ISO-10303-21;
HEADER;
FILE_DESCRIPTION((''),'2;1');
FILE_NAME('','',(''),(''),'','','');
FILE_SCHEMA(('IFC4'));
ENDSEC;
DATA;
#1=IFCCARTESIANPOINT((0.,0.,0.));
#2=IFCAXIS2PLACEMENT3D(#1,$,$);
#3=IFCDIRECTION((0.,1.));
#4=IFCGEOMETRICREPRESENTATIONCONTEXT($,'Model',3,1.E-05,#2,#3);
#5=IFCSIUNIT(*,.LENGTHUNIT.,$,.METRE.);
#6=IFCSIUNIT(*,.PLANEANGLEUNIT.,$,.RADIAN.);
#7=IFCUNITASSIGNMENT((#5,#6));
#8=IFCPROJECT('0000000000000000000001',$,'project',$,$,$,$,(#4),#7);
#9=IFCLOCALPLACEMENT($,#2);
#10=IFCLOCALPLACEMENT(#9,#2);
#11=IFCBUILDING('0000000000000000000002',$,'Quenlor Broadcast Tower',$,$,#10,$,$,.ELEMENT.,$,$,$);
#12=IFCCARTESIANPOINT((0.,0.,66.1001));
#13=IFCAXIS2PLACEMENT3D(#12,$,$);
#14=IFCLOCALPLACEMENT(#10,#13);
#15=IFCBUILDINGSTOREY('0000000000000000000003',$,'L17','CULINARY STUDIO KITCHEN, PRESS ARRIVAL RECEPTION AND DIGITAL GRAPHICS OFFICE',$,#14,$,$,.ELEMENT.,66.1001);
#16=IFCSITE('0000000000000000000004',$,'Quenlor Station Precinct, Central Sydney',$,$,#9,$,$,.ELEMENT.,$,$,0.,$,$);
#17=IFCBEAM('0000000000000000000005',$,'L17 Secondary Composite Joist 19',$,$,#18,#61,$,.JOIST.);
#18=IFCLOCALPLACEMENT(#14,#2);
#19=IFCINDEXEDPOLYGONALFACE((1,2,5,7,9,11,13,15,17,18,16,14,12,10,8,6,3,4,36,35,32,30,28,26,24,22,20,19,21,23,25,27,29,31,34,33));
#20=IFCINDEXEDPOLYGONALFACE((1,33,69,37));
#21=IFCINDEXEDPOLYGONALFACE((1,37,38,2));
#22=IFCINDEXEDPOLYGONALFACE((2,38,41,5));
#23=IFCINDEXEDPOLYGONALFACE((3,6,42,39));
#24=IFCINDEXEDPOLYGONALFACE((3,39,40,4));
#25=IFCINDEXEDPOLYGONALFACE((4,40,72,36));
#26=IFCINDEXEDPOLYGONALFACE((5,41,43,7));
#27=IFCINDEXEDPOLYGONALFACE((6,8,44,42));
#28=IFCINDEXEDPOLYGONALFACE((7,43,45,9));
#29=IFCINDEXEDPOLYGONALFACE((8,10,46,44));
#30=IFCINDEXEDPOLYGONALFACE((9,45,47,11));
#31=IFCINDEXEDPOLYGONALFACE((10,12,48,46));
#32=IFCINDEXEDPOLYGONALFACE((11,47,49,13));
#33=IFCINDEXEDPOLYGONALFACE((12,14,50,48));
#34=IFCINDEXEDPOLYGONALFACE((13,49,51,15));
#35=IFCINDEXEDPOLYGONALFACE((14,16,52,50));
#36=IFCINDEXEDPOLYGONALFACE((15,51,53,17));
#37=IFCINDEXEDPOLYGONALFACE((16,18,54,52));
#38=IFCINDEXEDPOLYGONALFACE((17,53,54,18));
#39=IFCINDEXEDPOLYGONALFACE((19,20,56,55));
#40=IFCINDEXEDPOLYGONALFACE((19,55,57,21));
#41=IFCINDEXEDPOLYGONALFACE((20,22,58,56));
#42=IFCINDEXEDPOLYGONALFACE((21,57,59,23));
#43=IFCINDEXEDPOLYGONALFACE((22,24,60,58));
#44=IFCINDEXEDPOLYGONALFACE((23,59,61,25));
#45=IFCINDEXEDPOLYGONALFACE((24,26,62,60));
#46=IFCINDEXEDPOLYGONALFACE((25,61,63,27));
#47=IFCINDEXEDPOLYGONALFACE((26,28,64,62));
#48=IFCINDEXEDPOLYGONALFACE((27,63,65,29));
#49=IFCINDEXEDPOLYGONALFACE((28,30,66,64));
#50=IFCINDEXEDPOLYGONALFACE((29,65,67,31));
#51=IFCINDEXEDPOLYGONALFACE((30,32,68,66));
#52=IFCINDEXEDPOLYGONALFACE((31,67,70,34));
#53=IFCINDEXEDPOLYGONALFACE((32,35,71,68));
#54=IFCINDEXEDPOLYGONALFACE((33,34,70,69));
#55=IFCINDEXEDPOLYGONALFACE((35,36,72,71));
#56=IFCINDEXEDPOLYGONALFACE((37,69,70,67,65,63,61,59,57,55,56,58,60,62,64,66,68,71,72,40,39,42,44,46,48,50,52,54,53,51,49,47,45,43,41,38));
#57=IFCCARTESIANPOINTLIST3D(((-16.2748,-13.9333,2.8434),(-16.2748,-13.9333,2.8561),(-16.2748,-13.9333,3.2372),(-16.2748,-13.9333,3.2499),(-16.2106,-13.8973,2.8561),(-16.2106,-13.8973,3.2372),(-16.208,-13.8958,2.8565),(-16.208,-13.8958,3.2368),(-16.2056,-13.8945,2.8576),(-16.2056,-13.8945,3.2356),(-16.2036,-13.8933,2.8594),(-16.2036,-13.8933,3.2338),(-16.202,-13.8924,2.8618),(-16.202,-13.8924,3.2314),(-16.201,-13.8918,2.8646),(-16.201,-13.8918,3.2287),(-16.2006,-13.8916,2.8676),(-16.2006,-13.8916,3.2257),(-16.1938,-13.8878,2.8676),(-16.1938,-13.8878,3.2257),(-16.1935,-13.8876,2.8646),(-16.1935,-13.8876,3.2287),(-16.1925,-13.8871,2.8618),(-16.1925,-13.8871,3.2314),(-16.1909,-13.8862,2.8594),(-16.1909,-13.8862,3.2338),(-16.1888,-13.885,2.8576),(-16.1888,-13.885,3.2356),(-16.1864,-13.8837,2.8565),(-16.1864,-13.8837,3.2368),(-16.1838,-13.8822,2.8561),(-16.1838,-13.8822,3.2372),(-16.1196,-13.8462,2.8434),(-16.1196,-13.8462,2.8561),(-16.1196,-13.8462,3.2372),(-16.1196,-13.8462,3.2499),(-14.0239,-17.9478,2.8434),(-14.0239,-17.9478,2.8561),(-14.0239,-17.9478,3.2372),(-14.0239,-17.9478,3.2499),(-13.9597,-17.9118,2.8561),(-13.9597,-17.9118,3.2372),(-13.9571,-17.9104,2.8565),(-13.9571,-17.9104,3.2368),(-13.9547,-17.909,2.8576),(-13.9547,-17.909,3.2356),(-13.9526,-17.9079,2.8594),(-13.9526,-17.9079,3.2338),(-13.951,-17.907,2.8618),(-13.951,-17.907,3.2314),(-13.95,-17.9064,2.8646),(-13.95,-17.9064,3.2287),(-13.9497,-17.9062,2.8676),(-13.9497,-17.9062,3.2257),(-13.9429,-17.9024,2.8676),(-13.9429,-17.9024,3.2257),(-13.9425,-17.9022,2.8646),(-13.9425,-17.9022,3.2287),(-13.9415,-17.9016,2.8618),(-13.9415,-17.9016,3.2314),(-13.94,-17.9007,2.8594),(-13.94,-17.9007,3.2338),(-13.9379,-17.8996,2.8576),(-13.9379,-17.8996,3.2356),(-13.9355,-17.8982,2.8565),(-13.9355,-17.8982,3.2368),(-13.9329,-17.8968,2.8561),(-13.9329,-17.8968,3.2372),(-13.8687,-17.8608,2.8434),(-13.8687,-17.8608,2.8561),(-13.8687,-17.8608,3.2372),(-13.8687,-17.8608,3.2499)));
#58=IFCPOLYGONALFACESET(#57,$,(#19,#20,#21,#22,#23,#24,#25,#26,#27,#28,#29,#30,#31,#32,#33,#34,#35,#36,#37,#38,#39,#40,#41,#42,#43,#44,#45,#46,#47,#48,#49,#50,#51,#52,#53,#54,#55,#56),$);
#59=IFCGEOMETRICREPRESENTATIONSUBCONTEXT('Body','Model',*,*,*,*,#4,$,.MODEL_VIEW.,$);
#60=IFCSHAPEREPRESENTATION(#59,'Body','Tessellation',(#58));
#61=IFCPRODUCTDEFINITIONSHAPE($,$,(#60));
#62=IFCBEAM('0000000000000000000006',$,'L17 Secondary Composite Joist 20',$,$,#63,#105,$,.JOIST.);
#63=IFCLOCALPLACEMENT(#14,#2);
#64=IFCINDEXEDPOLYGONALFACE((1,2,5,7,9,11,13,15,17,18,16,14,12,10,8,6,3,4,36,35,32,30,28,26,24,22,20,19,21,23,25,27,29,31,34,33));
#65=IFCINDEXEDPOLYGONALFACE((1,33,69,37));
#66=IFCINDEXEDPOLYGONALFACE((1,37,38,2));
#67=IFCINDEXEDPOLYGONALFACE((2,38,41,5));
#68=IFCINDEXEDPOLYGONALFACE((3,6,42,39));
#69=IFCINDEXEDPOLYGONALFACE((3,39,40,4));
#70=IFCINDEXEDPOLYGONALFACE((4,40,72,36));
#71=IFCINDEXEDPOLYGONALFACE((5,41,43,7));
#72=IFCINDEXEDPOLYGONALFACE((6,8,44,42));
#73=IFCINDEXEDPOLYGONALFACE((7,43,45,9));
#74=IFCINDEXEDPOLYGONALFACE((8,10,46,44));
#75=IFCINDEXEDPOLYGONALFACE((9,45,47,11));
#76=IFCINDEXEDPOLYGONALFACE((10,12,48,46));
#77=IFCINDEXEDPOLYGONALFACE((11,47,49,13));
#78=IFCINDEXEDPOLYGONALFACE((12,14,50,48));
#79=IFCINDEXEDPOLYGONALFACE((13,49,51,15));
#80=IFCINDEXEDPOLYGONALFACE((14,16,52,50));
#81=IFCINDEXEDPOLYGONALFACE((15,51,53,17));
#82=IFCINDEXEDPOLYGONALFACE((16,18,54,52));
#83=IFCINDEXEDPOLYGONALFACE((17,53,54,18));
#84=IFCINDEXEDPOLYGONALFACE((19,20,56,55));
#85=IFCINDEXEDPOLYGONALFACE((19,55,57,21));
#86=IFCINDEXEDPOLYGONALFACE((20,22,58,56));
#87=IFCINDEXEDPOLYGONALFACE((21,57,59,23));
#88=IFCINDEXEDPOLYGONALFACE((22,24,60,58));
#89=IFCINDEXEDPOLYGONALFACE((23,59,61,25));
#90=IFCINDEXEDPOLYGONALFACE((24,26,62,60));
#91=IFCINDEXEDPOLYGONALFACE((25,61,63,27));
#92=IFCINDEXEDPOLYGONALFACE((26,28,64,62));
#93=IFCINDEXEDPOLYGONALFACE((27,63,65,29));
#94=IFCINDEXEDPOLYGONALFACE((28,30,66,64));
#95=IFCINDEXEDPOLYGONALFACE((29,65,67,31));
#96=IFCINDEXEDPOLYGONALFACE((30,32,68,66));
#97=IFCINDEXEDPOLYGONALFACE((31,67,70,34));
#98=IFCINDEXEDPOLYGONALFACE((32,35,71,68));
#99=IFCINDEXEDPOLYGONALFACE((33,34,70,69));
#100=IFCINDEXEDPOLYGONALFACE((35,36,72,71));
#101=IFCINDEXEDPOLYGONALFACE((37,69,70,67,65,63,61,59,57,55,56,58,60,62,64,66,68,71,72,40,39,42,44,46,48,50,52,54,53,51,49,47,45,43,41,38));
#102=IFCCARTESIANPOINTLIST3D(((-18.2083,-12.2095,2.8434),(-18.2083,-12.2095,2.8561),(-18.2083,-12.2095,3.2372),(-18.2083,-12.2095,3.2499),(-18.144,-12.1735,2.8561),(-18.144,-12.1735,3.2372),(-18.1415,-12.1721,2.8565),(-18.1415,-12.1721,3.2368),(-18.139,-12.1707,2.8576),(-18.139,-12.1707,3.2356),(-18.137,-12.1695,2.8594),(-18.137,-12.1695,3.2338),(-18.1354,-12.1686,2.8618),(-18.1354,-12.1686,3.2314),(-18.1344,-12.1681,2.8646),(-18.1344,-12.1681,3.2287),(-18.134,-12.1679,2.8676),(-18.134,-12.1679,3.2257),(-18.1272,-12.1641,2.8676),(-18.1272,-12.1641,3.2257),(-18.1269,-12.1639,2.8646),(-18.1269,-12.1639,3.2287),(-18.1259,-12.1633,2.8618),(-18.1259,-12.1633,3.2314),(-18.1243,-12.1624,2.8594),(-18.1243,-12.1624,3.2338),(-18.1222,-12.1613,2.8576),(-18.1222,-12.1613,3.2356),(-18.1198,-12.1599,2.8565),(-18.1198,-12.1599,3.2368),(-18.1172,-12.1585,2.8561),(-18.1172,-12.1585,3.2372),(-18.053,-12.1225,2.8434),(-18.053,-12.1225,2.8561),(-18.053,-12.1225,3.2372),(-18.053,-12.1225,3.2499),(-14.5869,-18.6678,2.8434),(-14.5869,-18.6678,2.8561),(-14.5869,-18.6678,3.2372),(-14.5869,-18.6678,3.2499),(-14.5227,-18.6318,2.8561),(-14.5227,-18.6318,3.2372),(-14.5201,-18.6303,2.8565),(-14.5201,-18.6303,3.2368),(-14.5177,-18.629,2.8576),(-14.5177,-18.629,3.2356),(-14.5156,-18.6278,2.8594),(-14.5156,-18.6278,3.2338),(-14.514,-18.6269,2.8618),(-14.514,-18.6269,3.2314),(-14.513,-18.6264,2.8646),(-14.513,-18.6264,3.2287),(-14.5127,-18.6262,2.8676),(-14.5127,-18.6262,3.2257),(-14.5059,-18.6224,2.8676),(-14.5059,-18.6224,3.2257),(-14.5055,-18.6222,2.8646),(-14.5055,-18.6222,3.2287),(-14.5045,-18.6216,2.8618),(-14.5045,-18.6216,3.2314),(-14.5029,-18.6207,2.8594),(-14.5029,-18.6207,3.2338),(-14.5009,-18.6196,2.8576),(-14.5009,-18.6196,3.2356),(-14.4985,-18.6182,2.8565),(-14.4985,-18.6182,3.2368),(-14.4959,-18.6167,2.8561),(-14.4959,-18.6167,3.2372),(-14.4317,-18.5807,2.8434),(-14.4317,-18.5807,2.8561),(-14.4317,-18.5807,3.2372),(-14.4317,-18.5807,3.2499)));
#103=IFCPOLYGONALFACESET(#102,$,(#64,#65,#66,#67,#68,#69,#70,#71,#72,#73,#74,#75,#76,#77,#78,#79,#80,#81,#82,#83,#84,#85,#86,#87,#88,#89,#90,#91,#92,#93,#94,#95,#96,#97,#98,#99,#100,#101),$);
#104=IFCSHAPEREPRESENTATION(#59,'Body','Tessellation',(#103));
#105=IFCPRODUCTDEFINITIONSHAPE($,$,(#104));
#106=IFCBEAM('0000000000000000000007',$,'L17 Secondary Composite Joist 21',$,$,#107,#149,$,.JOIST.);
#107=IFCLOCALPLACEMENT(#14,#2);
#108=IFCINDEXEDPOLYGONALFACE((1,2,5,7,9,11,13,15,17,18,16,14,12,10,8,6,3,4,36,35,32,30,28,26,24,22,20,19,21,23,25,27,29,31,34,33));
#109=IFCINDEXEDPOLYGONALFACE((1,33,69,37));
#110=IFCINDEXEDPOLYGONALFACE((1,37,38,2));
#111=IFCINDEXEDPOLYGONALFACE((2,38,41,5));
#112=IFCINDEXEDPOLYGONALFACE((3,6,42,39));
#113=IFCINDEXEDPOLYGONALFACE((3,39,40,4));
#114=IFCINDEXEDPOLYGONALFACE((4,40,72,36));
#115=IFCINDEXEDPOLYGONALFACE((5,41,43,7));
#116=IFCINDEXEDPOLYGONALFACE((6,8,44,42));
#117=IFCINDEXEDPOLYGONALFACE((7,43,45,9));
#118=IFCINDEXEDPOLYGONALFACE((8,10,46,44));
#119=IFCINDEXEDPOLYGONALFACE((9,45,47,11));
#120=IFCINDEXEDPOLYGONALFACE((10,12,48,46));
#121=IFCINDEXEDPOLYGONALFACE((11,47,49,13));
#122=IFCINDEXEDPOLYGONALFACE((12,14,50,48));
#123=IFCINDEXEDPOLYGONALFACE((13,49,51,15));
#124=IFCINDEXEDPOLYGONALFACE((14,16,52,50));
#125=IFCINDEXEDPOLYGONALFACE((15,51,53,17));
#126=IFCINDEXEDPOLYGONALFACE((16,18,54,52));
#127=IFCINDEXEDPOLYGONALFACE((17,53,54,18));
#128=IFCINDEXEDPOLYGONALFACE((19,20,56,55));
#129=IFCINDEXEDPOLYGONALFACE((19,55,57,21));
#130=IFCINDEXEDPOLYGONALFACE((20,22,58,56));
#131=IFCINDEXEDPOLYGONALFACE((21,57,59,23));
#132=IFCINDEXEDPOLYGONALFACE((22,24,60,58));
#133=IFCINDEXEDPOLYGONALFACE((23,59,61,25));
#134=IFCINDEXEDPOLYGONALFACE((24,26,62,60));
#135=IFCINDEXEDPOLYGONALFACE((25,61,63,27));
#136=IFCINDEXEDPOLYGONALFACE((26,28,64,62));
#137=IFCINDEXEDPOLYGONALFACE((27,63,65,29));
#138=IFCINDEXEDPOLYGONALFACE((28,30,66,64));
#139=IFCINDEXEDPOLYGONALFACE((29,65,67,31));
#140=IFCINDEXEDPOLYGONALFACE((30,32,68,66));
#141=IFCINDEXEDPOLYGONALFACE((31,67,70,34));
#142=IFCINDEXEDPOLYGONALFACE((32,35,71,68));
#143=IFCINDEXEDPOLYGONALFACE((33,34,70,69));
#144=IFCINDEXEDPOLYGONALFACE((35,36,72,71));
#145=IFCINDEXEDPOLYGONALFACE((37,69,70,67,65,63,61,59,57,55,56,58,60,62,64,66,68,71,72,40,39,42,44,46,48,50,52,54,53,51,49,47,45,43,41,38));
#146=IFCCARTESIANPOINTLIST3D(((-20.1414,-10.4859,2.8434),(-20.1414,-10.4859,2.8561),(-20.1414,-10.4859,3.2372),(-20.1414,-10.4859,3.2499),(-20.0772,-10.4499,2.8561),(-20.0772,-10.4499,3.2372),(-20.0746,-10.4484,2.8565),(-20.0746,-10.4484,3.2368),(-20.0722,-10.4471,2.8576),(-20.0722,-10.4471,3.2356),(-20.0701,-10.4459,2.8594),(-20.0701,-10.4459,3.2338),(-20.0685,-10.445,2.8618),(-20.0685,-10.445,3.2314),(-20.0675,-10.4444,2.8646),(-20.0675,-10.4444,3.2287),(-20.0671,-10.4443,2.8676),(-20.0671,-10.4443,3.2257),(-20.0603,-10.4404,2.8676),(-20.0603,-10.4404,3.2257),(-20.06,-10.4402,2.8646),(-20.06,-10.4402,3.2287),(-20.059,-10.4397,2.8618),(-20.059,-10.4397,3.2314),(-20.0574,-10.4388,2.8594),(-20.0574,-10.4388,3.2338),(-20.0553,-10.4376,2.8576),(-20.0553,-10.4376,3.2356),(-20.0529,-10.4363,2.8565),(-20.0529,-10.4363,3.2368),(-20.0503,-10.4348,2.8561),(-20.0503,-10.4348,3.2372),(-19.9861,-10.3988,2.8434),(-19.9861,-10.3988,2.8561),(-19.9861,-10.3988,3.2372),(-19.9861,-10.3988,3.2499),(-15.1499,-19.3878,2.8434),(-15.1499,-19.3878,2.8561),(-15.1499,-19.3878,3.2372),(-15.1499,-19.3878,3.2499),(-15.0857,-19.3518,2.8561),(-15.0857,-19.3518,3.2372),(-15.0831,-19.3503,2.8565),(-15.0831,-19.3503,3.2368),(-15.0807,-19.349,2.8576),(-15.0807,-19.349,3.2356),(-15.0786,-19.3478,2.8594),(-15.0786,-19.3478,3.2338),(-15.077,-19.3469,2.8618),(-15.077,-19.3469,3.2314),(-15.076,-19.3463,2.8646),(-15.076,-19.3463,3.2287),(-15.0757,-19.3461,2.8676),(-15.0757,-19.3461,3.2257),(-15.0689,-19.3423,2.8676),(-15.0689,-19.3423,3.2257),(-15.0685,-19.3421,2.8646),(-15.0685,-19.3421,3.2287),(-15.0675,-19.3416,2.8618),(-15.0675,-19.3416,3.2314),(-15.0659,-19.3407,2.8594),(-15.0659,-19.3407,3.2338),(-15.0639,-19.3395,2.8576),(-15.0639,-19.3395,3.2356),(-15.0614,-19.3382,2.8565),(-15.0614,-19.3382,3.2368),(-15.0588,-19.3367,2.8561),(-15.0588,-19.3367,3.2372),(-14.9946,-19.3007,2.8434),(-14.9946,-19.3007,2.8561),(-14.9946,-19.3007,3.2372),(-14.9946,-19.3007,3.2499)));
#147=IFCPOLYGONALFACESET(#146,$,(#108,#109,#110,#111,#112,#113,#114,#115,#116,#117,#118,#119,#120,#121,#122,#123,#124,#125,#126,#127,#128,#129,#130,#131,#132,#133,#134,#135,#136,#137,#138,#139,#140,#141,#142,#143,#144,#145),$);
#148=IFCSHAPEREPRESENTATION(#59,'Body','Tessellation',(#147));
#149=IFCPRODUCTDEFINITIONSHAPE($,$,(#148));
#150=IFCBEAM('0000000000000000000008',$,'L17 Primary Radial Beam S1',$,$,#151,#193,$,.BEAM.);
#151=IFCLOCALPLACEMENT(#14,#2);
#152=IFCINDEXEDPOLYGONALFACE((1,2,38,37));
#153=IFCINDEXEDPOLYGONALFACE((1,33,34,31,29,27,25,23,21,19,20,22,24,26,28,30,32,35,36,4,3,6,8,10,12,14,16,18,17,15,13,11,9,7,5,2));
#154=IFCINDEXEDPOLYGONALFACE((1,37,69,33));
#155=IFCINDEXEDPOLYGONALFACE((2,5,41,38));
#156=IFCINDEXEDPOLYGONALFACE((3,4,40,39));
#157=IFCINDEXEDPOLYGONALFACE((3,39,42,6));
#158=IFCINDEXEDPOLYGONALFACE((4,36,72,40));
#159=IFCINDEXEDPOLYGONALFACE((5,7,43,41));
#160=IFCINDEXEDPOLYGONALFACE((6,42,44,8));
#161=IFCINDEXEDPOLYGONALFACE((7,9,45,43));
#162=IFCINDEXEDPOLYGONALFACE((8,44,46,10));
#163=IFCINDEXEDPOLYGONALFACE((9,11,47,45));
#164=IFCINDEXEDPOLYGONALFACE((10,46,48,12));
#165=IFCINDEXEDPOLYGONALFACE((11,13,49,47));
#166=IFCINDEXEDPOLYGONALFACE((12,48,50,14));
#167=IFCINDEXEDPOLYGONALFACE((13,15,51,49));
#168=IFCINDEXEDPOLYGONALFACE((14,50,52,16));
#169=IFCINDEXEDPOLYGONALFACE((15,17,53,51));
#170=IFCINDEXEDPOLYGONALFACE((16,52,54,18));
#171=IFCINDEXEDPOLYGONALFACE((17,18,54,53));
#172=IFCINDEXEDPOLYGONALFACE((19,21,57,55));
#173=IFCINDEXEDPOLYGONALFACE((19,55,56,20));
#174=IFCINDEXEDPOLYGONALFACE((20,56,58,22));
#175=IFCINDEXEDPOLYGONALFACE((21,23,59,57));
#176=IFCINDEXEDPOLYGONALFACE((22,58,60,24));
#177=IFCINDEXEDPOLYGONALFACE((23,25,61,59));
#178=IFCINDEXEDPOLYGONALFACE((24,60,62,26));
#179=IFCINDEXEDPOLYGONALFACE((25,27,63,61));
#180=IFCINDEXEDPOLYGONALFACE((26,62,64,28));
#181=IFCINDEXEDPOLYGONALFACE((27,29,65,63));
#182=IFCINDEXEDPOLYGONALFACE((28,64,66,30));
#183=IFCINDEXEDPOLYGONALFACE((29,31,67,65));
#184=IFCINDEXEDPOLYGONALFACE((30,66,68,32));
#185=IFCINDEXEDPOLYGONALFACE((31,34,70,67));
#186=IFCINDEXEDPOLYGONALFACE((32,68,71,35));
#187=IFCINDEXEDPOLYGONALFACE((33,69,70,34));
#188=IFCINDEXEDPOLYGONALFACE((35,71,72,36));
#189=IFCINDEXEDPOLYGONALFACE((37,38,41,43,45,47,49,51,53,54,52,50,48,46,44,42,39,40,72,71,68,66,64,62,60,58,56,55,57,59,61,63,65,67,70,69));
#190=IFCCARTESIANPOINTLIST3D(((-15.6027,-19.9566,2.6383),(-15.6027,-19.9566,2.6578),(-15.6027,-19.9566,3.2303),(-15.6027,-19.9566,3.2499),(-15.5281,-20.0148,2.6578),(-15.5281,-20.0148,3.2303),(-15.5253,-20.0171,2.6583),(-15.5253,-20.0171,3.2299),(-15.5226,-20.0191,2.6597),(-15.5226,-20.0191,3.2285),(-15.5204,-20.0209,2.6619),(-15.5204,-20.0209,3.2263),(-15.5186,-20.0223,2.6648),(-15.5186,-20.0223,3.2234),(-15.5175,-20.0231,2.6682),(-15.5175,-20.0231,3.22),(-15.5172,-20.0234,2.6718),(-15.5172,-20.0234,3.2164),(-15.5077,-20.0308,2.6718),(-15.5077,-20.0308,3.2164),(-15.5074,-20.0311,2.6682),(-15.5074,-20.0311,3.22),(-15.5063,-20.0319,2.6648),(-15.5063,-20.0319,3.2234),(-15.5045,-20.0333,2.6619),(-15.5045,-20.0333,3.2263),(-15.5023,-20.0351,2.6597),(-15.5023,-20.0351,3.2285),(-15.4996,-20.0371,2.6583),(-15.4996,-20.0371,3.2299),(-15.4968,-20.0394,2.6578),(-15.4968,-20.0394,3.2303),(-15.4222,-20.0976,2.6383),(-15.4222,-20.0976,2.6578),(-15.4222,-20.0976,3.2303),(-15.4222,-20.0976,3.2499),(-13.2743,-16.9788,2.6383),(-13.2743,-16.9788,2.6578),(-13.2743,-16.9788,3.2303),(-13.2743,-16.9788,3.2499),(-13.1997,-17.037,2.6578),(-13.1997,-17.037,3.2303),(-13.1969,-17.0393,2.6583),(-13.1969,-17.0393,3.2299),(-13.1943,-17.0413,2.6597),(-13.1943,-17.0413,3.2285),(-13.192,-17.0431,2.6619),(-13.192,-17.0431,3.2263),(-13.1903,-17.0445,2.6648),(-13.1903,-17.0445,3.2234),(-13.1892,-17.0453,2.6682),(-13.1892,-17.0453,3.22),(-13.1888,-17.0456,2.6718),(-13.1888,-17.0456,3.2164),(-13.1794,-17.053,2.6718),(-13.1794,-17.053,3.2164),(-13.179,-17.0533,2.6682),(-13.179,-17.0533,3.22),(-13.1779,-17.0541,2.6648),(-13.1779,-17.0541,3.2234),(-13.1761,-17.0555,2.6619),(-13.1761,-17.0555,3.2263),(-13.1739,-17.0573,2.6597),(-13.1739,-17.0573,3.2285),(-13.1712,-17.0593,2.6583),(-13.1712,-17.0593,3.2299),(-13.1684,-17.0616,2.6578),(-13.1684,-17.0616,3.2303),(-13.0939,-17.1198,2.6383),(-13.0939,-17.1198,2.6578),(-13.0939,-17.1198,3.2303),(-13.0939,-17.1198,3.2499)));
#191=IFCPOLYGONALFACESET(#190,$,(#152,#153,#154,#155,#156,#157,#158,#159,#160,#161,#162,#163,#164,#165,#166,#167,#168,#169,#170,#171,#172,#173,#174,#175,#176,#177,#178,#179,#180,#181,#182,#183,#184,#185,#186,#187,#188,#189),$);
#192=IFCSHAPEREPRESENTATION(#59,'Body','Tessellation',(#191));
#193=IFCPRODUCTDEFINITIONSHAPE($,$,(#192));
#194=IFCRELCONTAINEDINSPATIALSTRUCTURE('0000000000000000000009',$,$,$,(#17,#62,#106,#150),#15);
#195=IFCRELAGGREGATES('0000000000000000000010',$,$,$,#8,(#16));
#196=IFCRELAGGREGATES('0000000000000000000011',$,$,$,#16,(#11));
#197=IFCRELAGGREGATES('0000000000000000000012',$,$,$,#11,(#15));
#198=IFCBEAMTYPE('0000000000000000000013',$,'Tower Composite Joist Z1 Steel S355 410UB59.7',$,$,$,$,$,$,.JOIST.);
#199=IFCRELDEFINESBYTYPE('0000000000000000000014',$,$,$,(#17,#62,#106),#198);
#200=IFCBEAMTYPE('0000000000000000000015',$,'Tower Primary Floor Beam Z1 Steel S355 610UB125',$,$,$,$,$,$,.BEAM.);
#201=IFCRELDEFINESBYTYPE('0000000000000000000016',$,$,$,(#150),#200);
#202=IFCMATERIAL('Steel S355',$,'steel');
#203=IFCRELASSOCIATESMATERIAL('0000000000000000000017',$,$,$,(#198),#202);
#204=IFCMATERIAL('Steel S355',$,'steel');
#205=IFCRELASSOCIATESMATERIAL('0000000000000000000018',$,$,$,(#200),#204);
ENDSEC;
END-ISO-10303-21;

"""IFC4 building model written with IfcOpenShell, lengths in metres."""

from ifc_helpers import new_model, si_unit, direction, frame, origin, origin_2d, place, context, subcontext, project, spatial, i_section, extrude, material, material_profile, profile_set, type_object, element, save


model = new_model("IFC4")

# Units and contexts
model_context = context("Model", 3, precision=1e-05, world=origin(), true_north=direction((0.0, 1.0)))
body_context = subcontext(model_context, "Body", "Model", "MODEL_VIEW")
ifc_project = project(units=[si_unit("LENGTHUNIT", "METRE"), si_unit("PLANEANGLEUNIT", "RADIAN")], contexts=[model_context])

# Site, building, storey
site_placement = place(None, origin())
site = spatial("IfcSite", under=ifc_project, at=site_placement, Name="Quenlor Station Precinct, Central Sydney", CompositionType="ELEMENT", RefElevation=0.0)
building_placement = place(site_placement, origin())
building = spatial("IfcBuilding", under=site, at=building_placement, Name="Quenlor Broadcast Tower", CompositionType="ELEMENT")
storey_placement = place(building_placement, frame((0.0, 0.0, 66.1001)))
storey = spatial("IfcBuildingStorey", under=building, at=storey_placement, Name="L17", Description="CULINARY STUDIO KITCHEN, PRESS ARRIVAL RECEPTION AND DIGITAL GRAPHICS OFFICE", CompositionType="ELEMENT", Elevation=66.1001)

# Beams
ifc_material_1 = material(Name="Steel S355", Category="steel")
ifc_material_profile_1 = material_profile(ifc_material_1, i_section(OverallWidth=0.178, OverallDepth=0.4065, WebThickness=0.0078, FlangeThickness=0.0127, FilletRadius=0.0115, at=origin_2d()))
ifc_profile_set_1 = profile_set([ifc_material_profile_1], Name="Steel S355 410UB59.7")
beam_type_1 = type_object("IfcBeamType", Name="Tower Composite Joist Z1 Steel S355 410UB59.7", PredefinedType="JOIST", material=ifc_profile_set_1)
beam_1_placement = place(storey_placement, frame((-13.9463, -17.9043, 3.0466), z_axis=(-0.489062, 0.872249, 0.0), x_axis=(-0.872249, -0.489062, 0.0)))
element("IfcBeam", 1, at=beam_1_placement, inside=storey, type_object=beam_type_1, Name="L17 Secondary Composite Joist 19", PredefinedType="JOIST", context=body_context, shape_type="SweptSolid", body=[
    extrude(i_section(OverallWidth=0.178, OverallDepth=0.4065, WebThickness=0.0078, FlangeThickness=0.0127, FilletRadius=0.0115, at=origin_2d()), origin(), (0.0, 0.0, 1.0), 4.6025),
])
beam_2_placement = place(storey_placement, frame((-14.5093, -18.6243, 3.0466), z_axis=(-0.489088, 0.872234, 0.0), x_axis=(-0.872234, -0.489088, 0.0)))
element("IfcBeam", 2, at=beam_2_placement, inside=storey, type_object=beam_type_1, Name="L17 Secondary Composite Joist 20", PredefinedType="JOIST", context=body_context, shape_type="SweptSolid", body=[
    extrude(i_section(OverallWidth=0.178, OverallDepth=0.4065, WebThickness=0.0078, FlangeThickness=0.0127, FilletRadius=0.0115, at=origin_2d()), origin(), (0.0, 0.0, 1.0), 7.4043),
])
beam_3_placement = place(storey_placement, frame((-15.0723, -19.3442, 3.0466), z_axis=(-0.489082, 0.872238, 0.0), x_axis=(-0.872238, -0.489082, 0.0)))
element("IfcBeam", 3, at=beam_3_placement, inside=storey, type_object=beam_type_1, Name="L17 Secondary Composite Joist 21", PredefinedType="JOIST", context=body_context, shape_type="SweptSolid", body=[
    extrude(i_section(OverallWidth=0.178, OverallDepth=0.4065, WebThickness=0.0078, FlangeThickness=0.0127, FilletRadius=0.0115, at=origin_2d()), origin(), (0.0, 0.0, 1.0), 10.2058),
])
ifc_material_2 = material(Name="Steel S355", Category="steel")
ifc_material_profile_2 = material_profile(ifc_material_2, i_section(OverallWidth=0.229, OverallDepth=0.6116, WebThickness=0.012, FlangeThickness=0.0195, FilletRadius=0.0139, at=origin_2d()))
ifc_profile_set_2 = profile_set([ifc_material_profile_2], Name="Steel S355 610UB125")
beam_type_2 = type_object("IfcBeamType", Name="Tower Primary Floor Beam Z1 Steel S355 610UB125", PredefinedType="BEAM", material=ifc_profile_set_2)
beam_4_placement = place(storey_placement, frame((-15.5125, -20.0271, 2.9441), z_axis=(0.615969, 0.787771, 0.0), x_axis=(-0.787771, 0.615969, 0.0)))
element("IfcBeam", 4, at=beam_4_placement, inside=storey, type_object=beam_type_2, Name="L17 Primary Radial Beam S1", PredefinedType="BEAM", context=body_context, shape_type="SweptSolid", body=[
    extrude(i_section(OverallWidth=0.229, OverallDepth=0.6116, WebThickness=0.012, FlangeThickness=0.0195, FilletRadius=0.0139, at=origin_2d()), origin(), (0.0, 0.0, 1.0), 3.78),
])

save(model, "model.ifc")
